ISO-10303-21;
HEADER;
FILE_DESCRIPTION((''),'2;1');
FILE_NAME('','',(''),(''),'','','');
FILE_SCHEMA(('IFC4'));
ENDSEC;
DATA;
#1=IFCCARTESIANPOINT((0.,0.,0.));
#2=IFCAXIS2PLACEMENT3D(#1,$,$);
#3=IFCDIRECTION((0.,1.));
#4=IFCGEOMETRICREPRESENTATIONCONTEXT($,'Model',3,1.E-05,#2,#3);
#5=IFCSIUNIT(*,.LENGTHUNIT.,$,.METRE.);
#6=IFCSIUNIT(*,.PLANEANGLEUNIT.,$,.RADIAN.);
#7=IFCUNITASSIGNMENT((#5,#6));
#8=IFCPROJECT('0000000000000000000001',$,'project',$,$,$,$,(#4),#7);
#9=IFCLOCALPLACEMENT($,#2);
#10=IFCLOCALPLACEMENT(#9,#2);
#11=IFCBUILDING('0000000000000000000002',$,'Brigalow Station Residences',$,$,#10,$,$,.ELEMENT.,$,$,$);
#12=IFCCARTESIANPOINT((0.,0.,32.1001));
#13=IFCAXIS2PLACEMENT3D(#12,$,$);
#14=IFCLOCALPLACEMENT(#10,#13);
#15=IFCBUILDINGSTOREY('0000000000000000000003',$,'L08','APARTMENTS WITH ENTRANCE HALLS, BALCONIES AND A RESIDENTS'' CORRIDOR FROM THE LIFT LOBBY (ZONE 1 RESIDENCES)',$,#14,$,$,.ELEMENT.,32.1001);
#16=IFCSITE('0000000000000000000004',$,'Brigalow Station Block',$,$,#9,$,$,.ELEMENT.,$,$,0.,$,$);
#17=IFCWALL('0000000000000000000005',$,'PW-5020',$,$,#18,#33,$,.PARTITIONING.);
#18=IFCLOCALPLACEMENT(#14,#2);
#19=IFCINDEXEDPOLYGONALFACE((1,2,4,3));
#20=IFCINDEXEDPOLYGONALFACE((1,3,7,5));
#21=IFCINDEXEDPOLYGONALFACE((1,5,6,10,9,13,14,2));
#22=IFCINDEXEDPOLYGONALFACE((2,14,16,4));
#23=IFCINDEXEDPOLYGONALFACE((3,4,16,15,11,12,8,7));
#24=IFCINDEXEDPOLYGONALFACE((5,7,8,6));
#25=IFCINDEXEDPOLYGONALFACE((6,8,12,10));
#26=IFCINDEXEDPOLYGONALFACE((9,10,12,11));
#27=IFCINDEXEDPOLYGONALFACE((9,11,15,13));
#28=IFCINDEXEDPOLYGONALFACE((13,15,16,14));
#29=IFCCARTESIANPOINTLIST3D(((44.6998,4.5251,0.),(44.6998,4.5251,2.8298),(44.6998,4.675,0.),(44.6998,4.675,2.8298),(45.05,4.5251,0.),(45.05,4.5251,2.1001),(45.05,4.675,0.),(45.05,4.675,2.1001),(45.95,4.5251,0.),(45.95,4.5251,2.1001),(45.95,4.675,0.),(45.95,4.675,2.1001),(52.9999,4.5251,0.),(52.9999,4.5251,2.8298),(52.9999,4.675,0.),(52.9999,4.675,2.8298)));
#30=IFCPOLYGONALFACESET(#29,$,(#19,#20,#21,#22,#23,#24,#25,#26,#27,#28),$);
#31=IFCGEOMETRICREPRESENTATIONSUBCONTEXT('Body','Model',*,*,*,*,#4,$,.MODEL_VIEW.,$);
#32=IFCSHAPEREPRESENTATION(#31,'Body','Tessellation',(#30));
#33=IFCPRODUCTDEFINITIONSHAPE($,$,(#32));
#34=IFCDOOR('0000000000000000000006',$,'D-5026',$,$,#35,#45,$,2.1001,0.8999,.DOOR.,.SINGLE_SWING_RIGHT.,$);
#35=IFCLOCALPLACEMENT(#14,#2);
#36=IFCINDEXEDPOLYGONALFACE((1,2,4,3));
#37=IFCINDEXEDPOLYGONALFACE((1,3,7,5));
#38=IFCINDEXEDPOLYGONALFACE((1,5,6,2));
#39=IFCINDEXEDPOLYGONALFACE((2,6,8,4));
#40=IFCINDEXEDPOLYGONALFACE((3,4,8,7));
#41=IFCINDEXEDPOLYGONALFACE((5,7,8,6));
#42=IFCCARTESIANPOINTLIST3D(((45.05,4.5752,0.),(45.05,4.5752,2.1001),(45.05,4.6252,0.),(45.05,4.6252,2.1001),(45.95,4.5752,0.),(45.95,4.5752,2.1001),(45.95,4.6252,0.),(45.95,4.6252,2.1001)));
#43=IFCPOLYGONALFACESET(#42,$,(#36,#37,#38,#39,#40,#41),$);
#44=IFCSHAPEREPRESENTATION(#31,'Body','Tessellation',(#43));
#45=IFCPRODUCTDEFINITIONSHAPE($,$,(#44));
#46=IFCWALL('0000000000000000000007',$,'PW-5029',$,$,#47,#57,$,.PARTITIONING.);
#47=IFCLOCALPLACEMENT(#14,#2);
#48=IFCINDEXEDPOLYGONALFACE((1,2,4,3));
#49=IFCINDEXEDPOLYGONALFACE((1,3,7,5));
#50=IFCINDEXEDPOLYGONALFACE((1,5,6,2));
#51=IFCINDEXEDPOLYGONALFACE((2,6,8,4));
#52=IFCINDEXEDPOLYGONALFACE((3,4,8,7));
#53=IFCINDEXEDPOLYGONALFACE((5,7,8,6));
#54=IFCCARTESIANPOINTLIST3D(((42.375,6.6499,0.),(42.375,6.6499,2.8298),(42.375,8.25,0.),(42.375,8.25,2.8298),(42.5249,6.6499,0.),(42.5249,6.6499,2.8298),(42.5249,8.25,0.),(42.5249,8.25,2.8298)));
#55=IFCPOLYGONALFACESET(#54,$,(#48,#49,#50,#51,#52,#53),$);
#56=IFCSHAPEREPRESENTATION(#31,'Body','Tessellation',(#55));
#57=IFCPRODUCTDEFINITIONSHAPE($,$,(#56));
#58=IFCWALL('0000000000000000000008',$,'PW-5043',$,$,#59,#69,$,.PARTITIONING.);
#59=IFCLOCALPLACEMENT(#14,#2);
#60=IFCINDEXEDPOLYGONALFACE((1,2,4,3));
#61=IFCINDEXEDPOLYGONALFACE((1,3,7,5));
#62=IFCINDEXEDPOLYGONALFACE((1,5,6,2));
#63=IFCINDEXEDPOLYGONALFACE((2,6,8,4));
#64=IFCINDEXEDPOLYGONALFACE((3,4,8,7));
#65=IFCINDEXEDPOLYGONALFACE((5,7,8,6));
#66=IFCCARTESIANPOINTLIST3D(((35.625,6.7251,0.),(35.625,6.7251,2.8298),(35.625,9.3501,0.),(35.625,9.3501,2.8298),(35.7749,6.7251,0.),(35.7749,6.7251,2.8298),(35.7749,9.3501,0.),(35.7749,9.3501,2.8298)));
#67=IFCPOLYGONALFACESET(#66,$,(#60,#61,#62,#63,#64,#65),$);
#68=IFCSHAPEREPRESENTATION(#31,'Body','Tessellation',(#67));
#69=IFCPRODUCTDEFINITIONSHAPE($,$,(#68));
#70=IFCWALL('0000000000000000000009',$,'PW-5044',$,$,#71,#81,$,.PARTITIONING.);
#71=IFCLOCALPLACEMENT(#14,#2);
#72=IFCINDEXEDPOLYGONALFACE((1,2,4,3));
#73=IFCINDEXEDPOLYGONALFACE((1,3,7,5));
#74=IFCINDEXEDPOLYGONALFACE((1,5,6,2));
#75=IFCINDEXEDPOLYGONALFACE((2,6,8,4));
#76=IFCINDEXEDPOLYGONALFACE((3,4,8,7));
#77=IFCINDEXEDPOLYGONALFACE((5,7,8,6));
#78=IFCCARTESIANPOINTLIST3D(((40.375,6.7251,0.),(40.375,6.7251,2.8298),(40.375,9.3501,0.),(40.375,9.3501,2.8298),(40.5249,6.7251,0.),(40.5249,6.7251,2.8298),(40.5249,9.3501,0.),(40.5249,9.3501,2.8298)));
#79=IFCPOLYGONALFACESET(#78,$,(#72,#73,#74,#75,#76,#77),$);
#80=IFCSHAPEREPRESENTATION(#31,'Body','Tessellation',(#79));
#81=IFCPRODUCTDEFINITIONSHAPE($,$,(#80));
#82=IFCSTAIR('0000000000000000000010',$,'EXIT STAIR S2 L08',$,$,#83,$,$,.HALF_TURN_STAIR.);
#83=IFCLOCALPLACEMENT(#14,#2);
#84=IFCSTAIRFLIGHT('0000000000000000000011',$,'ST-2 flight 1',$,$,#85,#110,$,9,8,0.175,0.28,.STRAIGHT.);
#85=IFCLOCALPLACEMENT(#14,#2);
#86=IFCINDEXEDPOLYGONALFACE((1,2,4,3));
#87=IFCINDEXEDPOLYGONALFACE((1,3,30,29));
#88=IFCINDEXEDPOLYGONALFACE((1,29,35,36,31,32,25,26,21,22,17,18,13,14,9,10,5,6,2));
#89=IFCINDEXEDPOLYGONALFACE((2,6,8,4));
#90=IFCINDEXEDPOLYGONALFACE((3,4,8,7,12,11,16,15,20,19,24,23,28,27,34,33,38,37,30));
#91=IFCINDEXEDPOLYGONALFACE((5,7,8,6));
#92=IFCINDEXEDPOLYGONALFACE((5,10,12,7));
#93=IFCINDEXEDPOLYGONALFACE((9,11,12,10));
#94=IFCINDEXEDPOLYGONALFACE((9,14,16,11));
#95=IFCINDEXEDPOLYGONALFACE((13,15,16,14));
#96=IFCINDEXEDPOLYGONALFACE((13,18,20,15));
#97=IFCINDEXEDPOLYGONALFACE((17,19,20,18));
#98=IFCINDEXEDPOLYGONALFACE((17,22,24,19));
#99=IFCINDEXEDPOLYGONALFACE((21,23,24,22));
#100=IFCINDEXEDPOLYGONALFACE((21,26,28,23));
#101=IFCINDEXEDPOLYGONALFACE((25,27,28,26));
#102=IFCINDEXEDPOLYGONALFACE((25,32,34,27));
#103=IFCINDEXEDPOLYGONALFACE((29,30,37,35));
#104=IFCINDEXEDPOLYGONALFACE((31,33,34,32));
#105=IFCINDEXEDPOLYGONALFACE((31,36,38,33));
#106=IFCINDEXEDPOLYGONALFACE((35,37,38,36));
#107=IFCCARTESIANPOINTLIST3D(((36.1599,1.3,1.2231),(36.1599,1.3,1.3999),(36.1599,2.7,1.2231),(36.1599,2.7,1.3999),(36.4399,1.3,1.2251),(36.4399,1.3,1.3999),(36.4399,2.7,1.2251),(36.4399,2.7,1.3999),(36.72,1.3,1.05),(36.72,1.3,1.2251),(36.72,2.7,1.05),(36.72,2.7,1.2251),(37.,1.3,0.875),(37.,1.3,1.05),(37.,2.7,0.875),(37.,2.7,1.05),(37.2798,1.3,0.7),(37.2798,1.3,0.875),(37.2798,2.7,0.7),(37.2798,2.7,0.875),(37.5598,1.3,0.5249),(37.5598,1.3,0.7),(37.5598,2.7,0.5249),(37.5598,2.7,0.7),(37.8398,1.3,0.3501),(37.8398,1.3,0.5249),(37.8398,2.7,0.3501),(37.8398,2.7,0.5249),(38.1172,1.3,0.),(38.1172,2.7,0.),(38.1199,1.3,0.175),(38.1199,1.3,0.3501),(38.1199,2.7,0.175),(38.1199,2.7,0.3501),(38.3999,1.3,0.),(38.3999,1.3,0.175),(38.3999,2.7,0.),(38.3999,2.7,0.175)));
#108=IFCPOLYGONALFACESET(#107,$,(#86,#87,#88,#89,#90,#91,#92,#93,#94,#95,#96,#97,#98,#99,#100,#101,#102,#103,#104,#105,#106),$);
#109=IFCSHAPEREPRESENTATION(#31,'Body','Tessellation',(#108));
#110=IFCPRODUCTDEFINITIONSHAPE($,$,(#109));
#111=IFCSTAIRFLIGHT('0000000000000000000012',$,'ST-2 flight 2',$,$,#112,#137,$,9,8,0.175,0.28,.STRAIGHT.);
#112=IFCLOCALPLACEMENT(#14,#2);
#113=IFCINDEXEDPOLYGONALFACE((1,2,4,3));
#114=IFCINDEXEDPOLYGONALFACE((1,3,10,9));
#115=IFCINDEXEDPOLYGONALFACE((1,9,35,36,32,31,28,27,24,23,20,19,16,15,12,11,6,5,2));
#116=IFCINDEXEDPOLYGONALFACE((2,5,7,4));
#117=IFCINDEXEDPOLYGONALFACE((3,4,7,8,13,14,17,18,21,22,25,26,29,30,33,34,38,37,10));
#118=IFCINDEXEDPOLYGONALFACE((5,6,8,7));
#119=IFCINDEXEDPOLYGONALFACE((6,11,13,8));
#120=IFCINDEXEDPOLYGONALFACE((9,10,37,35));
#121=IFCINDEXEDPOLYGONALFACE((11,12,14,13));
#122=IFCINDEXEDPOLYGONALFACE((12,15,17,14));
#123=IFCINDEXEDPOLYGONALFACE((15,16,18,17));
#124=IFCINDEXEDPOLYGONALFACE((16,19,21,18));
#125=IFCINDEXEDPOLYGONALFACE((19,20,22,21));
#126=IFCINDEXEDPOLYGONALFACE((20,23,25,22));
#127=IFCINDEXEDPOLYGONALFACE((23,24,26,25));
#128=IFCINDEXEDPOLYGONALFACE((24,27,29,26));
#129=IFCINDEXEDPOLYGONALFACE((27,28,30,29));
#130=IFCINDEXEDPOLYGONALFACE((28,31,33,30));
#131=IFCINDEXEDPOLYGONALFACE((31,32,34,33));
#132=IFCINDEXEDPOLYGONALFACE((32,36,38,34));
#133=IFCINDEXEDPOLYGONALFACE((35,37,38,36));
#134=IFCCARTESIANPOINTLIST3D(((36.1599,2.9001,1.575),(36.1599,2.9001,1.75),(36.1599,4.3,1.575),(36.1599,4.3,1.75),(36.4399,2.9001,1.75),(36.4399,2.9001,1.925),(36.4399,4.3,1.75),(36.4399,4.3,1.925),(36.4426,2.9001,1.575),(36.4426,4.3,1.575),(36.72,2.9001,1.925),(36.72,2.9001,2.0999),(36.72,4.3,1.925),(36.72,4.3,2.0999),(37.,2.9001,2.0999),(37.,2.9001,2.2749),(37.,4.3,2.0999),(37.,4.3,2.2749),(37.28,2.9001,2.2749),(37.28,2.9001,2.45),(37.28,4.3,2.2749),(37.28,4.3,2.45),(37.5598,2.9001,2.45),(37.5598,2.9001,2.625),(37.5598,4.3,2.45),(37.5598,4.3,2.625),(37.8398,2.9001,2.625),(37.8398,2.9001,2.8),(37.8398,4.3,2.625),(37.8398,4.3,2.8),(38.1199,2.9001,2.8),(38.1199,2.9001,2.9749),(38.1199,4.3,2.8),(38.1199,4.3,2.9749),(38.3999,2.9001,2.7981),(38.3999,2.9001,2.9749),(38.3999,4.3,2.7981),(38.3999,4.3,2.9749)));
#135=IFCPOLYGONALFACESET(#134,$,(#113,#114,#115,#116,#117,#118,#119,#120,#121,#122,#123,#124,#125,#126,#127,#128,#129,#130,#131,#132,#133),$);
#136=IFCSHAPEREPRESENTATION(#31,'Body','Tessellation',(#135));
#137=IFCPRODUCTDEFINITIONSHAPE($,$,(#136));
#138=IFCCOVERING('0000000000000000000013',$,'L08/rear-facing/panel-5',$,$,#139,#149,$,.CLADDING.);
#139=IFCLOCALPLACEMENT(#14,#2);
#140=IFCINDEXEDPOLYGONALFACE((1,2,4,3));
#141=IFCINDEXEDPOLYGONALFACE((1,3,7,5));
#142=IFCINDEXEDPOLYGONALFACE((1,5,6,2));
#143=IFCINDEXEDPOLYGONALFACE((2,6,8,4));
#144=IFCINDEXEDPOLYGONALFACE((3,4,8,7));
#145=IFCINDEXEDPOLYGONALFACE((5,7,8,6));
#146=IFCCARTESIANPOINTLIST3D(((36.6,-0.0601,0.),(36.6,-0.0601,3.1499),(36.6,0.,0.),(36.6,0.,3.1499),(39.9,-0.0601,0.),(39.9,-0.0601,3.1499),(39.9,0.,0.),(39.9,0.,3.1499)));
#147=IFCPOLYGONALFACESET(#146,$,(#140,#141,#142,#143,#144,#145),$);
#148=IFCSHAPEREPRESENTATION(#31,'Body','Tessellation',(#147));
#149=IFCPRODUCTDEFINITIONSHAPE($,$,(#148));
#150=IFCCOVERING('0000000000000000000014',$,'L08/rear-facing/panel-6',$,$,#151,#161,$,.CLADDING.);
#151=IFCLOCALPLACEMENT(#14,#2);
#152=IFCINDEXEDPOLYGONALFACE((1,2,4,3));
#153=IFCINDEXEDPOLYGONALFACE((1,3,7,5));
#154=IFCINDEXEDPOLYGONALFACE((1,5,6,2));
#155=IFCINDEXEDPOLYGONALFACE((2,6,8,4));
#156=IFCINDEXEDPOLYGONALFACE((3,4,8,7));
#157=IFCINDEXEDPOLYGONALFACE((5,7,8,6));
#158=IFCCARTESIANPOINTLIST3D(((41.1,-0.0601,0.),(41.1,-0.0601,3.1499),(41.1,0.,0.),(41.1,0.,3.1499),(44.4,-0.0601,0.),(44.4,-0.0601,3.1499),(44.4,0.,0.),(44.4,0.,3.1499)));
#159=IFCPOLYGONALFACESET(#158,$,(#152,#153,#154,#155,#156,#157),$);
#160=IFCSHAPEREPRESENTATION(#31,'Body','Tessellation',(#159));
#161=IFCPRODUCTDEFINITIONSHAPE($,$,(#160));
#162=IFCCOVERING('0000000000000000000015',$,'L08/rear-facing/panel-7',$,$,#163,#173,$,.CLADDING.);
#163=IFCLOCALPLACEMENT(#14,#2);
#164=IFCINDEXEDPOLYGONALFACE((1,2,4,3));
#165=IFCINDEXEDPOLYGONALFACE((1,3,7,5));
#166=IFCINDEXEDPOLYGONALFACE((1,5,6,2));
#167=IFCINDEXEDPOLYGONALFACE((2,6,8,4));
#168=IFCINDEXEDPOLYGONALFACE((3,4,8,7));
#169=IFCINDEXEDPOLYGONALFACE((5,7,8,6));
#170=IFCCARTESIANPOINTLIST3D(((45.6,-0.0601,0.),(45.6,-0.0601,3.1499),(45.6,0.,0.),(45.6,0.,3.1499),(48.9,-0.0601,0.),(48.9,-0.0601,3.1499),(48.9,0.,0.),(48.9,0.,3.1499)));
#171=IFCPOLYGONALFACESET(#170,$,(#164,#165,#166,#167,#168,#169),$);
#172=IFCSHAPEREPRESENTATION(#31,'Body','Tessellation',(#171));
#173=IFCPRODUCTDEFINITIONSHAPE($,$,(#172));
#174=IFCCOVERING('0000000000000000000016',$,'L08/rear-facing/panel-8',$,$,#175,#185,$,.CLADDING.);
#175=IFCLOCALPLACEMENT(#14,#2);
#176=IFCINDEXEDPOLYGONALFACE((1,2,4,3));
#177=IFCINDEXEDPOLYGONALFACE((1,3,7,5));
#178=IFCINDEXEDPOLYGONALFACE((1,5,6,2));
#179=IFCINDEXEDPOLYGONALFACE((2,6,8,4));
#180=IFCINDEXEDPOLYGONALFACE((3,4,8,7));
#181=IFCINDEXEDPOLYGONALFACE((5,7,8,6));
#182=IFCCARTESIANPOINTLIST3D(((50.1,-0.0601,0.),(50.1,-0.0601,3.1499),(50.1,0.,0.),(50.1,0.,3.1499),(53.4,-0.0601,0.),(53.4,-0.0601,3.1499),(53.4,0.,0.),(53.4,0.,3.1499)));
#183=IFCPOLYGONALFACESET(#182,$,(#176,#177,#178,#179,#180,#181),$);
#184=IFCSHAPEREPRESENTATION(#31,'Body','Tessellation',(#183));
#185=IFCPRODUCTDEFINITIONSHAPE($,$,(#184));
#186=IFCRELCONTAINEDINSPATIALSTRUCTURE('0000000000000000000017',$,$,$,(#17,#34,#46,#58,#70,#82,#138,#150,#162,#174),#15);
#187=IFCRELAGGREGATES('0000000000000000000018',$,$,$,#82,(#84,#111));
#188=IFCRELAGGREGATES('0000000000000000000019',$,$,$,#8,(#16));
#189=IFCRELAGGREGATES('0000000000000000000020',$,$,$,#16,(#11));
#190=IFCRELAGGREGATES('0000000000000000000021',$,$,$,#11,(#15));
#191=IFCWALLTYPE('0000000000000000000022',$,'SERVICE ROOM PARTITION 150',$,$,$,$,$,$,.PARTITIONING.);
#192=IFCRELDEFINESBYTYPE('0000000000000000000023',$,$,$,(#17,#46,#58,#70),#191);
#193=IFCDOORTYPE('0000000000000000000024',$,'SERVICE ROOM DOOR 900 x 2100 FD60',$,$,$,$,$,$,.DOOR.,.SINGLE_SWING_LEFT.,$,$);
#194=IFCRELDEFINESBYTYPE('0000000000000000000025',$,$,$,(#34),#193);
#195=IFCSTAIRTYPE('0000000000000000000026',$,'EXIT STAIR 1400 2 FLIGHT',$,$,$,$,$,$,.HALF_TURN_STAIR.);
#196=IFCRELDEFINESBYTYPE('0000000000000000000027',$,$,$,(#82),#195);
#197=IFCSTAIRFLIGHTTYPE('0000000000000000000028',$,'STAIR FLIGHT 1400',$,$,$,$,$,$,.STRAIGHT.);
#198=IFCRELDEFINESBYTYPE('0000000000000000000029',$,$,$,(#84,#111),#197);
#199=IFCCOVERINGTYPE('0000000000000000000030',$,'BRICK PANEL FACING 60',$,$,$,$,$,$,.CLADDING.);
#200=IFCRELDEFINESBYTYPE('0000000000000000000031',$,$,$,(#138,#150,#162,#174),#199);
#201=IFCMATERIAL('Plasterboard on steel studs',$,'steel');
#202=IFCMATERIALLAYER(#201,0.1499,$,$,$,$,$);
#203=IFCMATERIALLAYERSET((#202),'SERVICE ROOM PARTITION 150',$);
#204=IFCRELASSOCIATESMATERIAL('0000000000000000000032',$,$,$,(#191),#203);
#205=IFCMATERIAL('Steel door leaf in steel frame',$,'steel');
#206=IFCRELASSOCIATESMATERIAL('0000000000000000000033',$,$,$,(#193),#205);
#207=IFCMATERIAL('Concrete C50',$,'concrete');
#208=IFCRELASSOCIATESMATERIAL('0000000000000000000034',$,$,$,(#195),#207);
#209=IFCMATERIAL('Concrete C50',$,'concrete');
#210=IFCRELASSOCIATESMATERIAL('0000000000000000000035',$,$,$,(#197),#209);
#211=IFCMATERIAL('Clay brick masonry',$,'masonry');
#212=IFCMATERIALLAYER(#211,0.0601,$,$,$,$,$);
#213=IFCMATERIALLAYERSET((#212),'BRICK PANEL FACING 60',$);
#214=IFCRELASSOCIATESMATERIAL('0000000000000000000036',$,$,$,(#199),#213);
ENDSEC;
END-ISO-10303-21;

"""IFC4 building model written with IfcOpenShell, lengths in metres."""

from ifc_helpers import new_model, si_unit, direction, frame, frame_2d, origin, origin_2d, place, context, subcontext, project, spatial, polyline, rectangle, outline, extrude, material, layer, layer_set, type_object, element, fill, aggregate, save


model = new_model("IFC4")

# Units and contexts
model_context = context("Model", 3, precision=1e-05, world=origin(), true_north=direction((0.0, 1.0)))
body_context = subcontext(model_context, "Body", "Model", "MODEL_VIEW")
ifc_project = project(units=[si_unit("LENGTHUNIT", "METRE"), si_unit("PLANEANGLEUNIT", "RADIAN")], contexts=[model_context])

# Site, building, storey
site_placement = place(None, origin())
site = spatial("IfcSite", under=ifc_project, at=site_placement, Name="Brigalow Station Block", CompositionType="ELEMENT", RefElevation=0.0)
building_placement = place(site_placement, origin())
building = spatial("IfcBuilding", under=site, at=building_placement, Name="Brigalow Station Residences", CompositionType="ELEMENT")
storey_placement = place(building_placement, frame((0.0, 0.0, 32.1001)))
storey = spatial("IfcBuildingStorey", under=building, at=storey_placement, Name="L08", Description="APARTMENTS WITH ENTRANCE HALLS, BALCONIES AND A RESIDENTS' CORRIDOR FROM THE LIFT LOBBY (ZONE 1 RESIDENCES)", CompositionType="ELEMENT", Elevation=32.1001)

# Wall, opening, door
ifc_material_1 = material(Name="Plasterboard on steel studs", Category="steel")
ifc_layer_1 = layer(ifc_material_1, 0.1499)
ifc_layer_set_1 = layer_set([ifc_layer_1], Name="SERVICE ROOM PARTITION 150")
wall_type_1 = type_object("IfcWallType", Name="SERVICE ROOM PARTITION 150", PredefinedType="PARTITIONING", material=ifc_layer_set_1)
wall_1_placement = place(storey_placement, frame((44.7, 4.6001, 0.0), z_axis=(0.0, 0.0, 1.0), x_axis=(1.0, 0.0, 0.0)))
wall_1 = element("IfcWall", 1, at=wall_1_placement, inside=storey, type_object=wall_type_1, Name="PW-5020", PredefinedType="PARTITIONING", context=body_context, shape_type="SweptSolid", body=[
    extrude(rectangle(XDim=8.3, YDim=0.1499, at=frame_2d((4.1499, 0.0))), origin(), (0.0, 0.0, 1.0), 2.8298),
])
opening_1_placement = place(wall_1_placement, frame((0.3501, 0.0, 0.0)))
opening_1 = element("IfcOpeningElement", 2, at=opening_1_placement, cuts=wall_1, PredefinedType="OPENING", context=body_context, shape_type="SweptSolid", body=[
    extrude(rectangle(XDim=0.8999, YDim=2.1001, at=frame_2d((0.45, 1.05))), frame((0.0, 0.085, 0.0), z_axis=(0.0, -1.0, 0.0), x_axis=(1.0, 0.0, 0.0)), (0.0, 0.0, 1.0), 0.1699),
])
ifc_material_2 = material(Name="Steel door leaf in steel frame", Category="steel")
door_type_1 = type_object("IfcDoorType", Name="SERVICE ROOM DOOR 900 x 2100 FD60", OperationType="SINGLE_SWING_LEFT", PredefinedType="DOOR", material=ifc_material_2)
door_1_placement = place(opening_1_placement, frame((0.8999, 0.0, 0.0), z_axis=(0.0, 0.0, 1.0), x_axis=(-1.0, 0.0, 0.0)))
door_1 = element("IfcDoor", 3, at=door_1_placement, inside=storey, type_object=door_type_1, Name="D-5026", OperationType="SINGLE_SWING_RIGHT", OverallHeight=2.1001, OverallWidth=0.8999, PredefinedType="DOOR", context=body_context, shape_type="SweptSolid", body=[
    extrude(rectangle(XDim=0.8999, YDim=2.1001, at=frame_2d((0.45, 1.05))), frame((0.0, 0.0249, 0.0), z_axis=(0.0, -1.0, 0.0), x_axis=(1.0, 0.0, 0.0)), (0.0, 0.0, 1.0), 0.05),
])
fill(opening_1, door_1)

# Walls
wall_2_placement = place(storey_placement, frame((42.45, 6.6499, 0.0), z_axis=(0.0, 0.0, 1.0), x_axis=(0.0, 1.0, 0.0)))
element("IfcWall", 4, at=wall_2_placement, inside=storey, type_object=wall_type_1, Name="PW-5029", PredefinedType="PARTITIONING", context=body_context, shape_type="SweptSolid", body=[
    extrude(rectangle(XDim=1.6001, YDim=0.1499, at=frame_2d((0.8, 0.0))), origin(), (0.0, 0.0, 1.0), 2.8298),
])
for number, where, z_axis, x_axis, name in (
    (5, (35.7, 6.7251, 0.0), (0.0, 0.0, 1.0), (0.0, 1.0, 0.0), "PW-5043"),
    (6, (40.45, 6.7251, 0.0), (0.0, 0.0, 1.0), (0.0, 1.0, 0.0), "PW-5044"),
):
    element("IfcWall", number, at=place(storey_placement, frame(where, z_axis=z_axis, x_axis=x_axis)), inside=storey, type_object=wall_type_1, Name=name, PredefinedType="PARTITIONING", context=body_context, shape_type="SweptSolid", body=[
        extrude(rectangle(XDim=2.625, YDim=0.1499, at=frame_2d((1.3125, 0.0))), origin(), (0.0, 0.0, 1.0), 2.8298),
    ])

# Stair, stair flights
ifc_material_3 = material(Name="Concrete C50", Category="concrete")
stair_type = type_object("IfcStairType", Name="EXIT STAIR 1400 2 FLIGHT", PredefinedType="HALF_TURN_STAIR", material=ifc_material_3)
stair_placement = place(storey_placement, origin())
stair = element("IfcStair", 7, at=stair_placement, inside=storey, type_object=stair_type, Name="EXIT STAIR S2 L08", PredefinedType="HALF_TURN_STAIR")
ifc_material_4 = material(Name="Concrete C50", Category="concrete")
stair_flight_type = type_object("IfcStairFlightType", Name="STAIR FLIGHT 1400", PredefinedType="STRAIGHT", material=ifc_material_4)
stair_flight_1_placement = place(storey_placement, frame((38.3999, 2.0, 0.0), z_axis=(0.0, 0.0, 1.0), x_axis=(-1.0, 0.0, 0.0)))
stair_flight_1 = element("IfcStairFlight", 8, at=stair_flight_1_placement, type_object=stair_flight_type, Name="ST-2 flight 1", NumberOfRisers=9, NumberOfTreads=8, PredefinedType="STRAIGHT", RiserHeight=0.175, TreadLength=0.28, context=body_context, shape_type="SweptSolid", body=[
    extrude(outline(polyline([(0.0, 0.0), (0.0, 0.175), (0.28, 0.175), (0.28, 0.3501), (0.5601, 0.3501), (0.5601, 0.5249), (0.8401, 0.5249), (0.8401, 0.7), (1.1201, 0.7), (1.1201, 0.875), (1.3999, 0.875), (1.3999, 1.05), (1.6799, 1.05), (1.6799, 1.2251), (1.96, 1.2251), (1.96, 1.3999), (2.24, 1.3999), (2.24, 1.575), (2.24, 1.2231), (0.2827, 0.0), (0.0, 0.0)])), frame((0.0, 0.7, 0.0), z_axis=(0.0, -1.0, 0.0), x_axis=(1.0, 0.0, 0.0)), (0.0, 0.0, 1.0), 1.3999),
])
stair_flight_2_placement = place(storey_placement, frame((36.1599, 3.6001, 1.575), z_axis=(0.0, 0.0, 1.0), x_axis=(1.0, 0.0, 0.0)))
stair_flight_2 = element("IfcStairFlight", 9, at=stair_flight_2_placement, type_object=stair_flight_type, Name="ST-2 flight 2", NumberOfRisers=9, NumberOfTreads=8, PredefinedType="STRAIGHT", RiserHeight=0.175, TreadLength=0.28, context=body_context, shape_type="SweptSolid", body=[
    extrude(outline(polyline([(0.0, 0.0), (0.0, 0.175), (0.28, 0.175), (0.28, 0.3501), (0.5601, 0.3501), (0.5601, 0.5249), (0.8401, 0.5249), (0.8401, 0.7), (1.1201, 0.7), (1.1201, 0.875), (1.3999, 0.875), (1.3999, 1.05), (1.6799, 1.05), (1.6799, 1.2251), (1.96, 1.2251), (1.96, 1.3999), (2.24, 1.3999), (2.24, 1.575), (2.24, 1.2231), (0.2827, 0.0), (0.0, 0.0)])), frame((0.0, 0.7, 0.0), z_axis=(0.0, -1.0, 0.0), x_axis=(1.0, 0.0, 0.0)), (0.0, 0.0, 1.0), 1.3999),
])
aggregate(stair, [stair_flight_1, stair_flight_2])

# Coverings
ifc_material_5 = material(Name="Clay brick masonry", Category="masonry")
ifc_layer_2 = layer(ifc_material_5, 0.0601)
ifc_layer_set_2 = layer_set([ifc_layer_2], Name="BRICK PANEL FACING 60")
covering_type_1 = type_object("IfcCoveringType", Name="BRICK PANEL FACING 60", PredefinedType="CLADDING", material=ifc_layer_set_2)
for number, where, z_axis, x_axis, name in (
    (10, (38.25, -0.03, 0.0), (0.0, 0.0, 1.0), (1.0, 0.0, 0.0), "L08/rear-facing/panel-5"),
    (11, (42.75, -0.03, 0.0), (0.0, 0.0, 1.0), (1.0, 0.0, 0.0), "L08/rear-facing/panel-6"),
    (12, (47.25, -0.03, 0.0), (0.0, 0.0, 1.0), (1.0, 0.0, 0.0), "L08/rear-facing/panel-7"),
    (13, (51.75, -0.03, 0.0), (0.0, 0.0, 1.0), (1.0, 0.0, 0.0), "L08/rear-facing/panel-8"),
):
    element("IfcCovering", number, at=place(storey_placement, frame(where, z_axis=z_axis, x_axis=x_axis)), inside=storey, type_object=covering_type_1, Name=name, PredefinedType="CLADDING", context=body_context, shape_type="SweptSolid", body=[
        extrude(rectangle(XDim=3.3, YDim=0.0601, at=origin_2d()), origin(), (0.0, 0.0, 1.0), 3.1499),
    ])

save(model, "model.ifc")
